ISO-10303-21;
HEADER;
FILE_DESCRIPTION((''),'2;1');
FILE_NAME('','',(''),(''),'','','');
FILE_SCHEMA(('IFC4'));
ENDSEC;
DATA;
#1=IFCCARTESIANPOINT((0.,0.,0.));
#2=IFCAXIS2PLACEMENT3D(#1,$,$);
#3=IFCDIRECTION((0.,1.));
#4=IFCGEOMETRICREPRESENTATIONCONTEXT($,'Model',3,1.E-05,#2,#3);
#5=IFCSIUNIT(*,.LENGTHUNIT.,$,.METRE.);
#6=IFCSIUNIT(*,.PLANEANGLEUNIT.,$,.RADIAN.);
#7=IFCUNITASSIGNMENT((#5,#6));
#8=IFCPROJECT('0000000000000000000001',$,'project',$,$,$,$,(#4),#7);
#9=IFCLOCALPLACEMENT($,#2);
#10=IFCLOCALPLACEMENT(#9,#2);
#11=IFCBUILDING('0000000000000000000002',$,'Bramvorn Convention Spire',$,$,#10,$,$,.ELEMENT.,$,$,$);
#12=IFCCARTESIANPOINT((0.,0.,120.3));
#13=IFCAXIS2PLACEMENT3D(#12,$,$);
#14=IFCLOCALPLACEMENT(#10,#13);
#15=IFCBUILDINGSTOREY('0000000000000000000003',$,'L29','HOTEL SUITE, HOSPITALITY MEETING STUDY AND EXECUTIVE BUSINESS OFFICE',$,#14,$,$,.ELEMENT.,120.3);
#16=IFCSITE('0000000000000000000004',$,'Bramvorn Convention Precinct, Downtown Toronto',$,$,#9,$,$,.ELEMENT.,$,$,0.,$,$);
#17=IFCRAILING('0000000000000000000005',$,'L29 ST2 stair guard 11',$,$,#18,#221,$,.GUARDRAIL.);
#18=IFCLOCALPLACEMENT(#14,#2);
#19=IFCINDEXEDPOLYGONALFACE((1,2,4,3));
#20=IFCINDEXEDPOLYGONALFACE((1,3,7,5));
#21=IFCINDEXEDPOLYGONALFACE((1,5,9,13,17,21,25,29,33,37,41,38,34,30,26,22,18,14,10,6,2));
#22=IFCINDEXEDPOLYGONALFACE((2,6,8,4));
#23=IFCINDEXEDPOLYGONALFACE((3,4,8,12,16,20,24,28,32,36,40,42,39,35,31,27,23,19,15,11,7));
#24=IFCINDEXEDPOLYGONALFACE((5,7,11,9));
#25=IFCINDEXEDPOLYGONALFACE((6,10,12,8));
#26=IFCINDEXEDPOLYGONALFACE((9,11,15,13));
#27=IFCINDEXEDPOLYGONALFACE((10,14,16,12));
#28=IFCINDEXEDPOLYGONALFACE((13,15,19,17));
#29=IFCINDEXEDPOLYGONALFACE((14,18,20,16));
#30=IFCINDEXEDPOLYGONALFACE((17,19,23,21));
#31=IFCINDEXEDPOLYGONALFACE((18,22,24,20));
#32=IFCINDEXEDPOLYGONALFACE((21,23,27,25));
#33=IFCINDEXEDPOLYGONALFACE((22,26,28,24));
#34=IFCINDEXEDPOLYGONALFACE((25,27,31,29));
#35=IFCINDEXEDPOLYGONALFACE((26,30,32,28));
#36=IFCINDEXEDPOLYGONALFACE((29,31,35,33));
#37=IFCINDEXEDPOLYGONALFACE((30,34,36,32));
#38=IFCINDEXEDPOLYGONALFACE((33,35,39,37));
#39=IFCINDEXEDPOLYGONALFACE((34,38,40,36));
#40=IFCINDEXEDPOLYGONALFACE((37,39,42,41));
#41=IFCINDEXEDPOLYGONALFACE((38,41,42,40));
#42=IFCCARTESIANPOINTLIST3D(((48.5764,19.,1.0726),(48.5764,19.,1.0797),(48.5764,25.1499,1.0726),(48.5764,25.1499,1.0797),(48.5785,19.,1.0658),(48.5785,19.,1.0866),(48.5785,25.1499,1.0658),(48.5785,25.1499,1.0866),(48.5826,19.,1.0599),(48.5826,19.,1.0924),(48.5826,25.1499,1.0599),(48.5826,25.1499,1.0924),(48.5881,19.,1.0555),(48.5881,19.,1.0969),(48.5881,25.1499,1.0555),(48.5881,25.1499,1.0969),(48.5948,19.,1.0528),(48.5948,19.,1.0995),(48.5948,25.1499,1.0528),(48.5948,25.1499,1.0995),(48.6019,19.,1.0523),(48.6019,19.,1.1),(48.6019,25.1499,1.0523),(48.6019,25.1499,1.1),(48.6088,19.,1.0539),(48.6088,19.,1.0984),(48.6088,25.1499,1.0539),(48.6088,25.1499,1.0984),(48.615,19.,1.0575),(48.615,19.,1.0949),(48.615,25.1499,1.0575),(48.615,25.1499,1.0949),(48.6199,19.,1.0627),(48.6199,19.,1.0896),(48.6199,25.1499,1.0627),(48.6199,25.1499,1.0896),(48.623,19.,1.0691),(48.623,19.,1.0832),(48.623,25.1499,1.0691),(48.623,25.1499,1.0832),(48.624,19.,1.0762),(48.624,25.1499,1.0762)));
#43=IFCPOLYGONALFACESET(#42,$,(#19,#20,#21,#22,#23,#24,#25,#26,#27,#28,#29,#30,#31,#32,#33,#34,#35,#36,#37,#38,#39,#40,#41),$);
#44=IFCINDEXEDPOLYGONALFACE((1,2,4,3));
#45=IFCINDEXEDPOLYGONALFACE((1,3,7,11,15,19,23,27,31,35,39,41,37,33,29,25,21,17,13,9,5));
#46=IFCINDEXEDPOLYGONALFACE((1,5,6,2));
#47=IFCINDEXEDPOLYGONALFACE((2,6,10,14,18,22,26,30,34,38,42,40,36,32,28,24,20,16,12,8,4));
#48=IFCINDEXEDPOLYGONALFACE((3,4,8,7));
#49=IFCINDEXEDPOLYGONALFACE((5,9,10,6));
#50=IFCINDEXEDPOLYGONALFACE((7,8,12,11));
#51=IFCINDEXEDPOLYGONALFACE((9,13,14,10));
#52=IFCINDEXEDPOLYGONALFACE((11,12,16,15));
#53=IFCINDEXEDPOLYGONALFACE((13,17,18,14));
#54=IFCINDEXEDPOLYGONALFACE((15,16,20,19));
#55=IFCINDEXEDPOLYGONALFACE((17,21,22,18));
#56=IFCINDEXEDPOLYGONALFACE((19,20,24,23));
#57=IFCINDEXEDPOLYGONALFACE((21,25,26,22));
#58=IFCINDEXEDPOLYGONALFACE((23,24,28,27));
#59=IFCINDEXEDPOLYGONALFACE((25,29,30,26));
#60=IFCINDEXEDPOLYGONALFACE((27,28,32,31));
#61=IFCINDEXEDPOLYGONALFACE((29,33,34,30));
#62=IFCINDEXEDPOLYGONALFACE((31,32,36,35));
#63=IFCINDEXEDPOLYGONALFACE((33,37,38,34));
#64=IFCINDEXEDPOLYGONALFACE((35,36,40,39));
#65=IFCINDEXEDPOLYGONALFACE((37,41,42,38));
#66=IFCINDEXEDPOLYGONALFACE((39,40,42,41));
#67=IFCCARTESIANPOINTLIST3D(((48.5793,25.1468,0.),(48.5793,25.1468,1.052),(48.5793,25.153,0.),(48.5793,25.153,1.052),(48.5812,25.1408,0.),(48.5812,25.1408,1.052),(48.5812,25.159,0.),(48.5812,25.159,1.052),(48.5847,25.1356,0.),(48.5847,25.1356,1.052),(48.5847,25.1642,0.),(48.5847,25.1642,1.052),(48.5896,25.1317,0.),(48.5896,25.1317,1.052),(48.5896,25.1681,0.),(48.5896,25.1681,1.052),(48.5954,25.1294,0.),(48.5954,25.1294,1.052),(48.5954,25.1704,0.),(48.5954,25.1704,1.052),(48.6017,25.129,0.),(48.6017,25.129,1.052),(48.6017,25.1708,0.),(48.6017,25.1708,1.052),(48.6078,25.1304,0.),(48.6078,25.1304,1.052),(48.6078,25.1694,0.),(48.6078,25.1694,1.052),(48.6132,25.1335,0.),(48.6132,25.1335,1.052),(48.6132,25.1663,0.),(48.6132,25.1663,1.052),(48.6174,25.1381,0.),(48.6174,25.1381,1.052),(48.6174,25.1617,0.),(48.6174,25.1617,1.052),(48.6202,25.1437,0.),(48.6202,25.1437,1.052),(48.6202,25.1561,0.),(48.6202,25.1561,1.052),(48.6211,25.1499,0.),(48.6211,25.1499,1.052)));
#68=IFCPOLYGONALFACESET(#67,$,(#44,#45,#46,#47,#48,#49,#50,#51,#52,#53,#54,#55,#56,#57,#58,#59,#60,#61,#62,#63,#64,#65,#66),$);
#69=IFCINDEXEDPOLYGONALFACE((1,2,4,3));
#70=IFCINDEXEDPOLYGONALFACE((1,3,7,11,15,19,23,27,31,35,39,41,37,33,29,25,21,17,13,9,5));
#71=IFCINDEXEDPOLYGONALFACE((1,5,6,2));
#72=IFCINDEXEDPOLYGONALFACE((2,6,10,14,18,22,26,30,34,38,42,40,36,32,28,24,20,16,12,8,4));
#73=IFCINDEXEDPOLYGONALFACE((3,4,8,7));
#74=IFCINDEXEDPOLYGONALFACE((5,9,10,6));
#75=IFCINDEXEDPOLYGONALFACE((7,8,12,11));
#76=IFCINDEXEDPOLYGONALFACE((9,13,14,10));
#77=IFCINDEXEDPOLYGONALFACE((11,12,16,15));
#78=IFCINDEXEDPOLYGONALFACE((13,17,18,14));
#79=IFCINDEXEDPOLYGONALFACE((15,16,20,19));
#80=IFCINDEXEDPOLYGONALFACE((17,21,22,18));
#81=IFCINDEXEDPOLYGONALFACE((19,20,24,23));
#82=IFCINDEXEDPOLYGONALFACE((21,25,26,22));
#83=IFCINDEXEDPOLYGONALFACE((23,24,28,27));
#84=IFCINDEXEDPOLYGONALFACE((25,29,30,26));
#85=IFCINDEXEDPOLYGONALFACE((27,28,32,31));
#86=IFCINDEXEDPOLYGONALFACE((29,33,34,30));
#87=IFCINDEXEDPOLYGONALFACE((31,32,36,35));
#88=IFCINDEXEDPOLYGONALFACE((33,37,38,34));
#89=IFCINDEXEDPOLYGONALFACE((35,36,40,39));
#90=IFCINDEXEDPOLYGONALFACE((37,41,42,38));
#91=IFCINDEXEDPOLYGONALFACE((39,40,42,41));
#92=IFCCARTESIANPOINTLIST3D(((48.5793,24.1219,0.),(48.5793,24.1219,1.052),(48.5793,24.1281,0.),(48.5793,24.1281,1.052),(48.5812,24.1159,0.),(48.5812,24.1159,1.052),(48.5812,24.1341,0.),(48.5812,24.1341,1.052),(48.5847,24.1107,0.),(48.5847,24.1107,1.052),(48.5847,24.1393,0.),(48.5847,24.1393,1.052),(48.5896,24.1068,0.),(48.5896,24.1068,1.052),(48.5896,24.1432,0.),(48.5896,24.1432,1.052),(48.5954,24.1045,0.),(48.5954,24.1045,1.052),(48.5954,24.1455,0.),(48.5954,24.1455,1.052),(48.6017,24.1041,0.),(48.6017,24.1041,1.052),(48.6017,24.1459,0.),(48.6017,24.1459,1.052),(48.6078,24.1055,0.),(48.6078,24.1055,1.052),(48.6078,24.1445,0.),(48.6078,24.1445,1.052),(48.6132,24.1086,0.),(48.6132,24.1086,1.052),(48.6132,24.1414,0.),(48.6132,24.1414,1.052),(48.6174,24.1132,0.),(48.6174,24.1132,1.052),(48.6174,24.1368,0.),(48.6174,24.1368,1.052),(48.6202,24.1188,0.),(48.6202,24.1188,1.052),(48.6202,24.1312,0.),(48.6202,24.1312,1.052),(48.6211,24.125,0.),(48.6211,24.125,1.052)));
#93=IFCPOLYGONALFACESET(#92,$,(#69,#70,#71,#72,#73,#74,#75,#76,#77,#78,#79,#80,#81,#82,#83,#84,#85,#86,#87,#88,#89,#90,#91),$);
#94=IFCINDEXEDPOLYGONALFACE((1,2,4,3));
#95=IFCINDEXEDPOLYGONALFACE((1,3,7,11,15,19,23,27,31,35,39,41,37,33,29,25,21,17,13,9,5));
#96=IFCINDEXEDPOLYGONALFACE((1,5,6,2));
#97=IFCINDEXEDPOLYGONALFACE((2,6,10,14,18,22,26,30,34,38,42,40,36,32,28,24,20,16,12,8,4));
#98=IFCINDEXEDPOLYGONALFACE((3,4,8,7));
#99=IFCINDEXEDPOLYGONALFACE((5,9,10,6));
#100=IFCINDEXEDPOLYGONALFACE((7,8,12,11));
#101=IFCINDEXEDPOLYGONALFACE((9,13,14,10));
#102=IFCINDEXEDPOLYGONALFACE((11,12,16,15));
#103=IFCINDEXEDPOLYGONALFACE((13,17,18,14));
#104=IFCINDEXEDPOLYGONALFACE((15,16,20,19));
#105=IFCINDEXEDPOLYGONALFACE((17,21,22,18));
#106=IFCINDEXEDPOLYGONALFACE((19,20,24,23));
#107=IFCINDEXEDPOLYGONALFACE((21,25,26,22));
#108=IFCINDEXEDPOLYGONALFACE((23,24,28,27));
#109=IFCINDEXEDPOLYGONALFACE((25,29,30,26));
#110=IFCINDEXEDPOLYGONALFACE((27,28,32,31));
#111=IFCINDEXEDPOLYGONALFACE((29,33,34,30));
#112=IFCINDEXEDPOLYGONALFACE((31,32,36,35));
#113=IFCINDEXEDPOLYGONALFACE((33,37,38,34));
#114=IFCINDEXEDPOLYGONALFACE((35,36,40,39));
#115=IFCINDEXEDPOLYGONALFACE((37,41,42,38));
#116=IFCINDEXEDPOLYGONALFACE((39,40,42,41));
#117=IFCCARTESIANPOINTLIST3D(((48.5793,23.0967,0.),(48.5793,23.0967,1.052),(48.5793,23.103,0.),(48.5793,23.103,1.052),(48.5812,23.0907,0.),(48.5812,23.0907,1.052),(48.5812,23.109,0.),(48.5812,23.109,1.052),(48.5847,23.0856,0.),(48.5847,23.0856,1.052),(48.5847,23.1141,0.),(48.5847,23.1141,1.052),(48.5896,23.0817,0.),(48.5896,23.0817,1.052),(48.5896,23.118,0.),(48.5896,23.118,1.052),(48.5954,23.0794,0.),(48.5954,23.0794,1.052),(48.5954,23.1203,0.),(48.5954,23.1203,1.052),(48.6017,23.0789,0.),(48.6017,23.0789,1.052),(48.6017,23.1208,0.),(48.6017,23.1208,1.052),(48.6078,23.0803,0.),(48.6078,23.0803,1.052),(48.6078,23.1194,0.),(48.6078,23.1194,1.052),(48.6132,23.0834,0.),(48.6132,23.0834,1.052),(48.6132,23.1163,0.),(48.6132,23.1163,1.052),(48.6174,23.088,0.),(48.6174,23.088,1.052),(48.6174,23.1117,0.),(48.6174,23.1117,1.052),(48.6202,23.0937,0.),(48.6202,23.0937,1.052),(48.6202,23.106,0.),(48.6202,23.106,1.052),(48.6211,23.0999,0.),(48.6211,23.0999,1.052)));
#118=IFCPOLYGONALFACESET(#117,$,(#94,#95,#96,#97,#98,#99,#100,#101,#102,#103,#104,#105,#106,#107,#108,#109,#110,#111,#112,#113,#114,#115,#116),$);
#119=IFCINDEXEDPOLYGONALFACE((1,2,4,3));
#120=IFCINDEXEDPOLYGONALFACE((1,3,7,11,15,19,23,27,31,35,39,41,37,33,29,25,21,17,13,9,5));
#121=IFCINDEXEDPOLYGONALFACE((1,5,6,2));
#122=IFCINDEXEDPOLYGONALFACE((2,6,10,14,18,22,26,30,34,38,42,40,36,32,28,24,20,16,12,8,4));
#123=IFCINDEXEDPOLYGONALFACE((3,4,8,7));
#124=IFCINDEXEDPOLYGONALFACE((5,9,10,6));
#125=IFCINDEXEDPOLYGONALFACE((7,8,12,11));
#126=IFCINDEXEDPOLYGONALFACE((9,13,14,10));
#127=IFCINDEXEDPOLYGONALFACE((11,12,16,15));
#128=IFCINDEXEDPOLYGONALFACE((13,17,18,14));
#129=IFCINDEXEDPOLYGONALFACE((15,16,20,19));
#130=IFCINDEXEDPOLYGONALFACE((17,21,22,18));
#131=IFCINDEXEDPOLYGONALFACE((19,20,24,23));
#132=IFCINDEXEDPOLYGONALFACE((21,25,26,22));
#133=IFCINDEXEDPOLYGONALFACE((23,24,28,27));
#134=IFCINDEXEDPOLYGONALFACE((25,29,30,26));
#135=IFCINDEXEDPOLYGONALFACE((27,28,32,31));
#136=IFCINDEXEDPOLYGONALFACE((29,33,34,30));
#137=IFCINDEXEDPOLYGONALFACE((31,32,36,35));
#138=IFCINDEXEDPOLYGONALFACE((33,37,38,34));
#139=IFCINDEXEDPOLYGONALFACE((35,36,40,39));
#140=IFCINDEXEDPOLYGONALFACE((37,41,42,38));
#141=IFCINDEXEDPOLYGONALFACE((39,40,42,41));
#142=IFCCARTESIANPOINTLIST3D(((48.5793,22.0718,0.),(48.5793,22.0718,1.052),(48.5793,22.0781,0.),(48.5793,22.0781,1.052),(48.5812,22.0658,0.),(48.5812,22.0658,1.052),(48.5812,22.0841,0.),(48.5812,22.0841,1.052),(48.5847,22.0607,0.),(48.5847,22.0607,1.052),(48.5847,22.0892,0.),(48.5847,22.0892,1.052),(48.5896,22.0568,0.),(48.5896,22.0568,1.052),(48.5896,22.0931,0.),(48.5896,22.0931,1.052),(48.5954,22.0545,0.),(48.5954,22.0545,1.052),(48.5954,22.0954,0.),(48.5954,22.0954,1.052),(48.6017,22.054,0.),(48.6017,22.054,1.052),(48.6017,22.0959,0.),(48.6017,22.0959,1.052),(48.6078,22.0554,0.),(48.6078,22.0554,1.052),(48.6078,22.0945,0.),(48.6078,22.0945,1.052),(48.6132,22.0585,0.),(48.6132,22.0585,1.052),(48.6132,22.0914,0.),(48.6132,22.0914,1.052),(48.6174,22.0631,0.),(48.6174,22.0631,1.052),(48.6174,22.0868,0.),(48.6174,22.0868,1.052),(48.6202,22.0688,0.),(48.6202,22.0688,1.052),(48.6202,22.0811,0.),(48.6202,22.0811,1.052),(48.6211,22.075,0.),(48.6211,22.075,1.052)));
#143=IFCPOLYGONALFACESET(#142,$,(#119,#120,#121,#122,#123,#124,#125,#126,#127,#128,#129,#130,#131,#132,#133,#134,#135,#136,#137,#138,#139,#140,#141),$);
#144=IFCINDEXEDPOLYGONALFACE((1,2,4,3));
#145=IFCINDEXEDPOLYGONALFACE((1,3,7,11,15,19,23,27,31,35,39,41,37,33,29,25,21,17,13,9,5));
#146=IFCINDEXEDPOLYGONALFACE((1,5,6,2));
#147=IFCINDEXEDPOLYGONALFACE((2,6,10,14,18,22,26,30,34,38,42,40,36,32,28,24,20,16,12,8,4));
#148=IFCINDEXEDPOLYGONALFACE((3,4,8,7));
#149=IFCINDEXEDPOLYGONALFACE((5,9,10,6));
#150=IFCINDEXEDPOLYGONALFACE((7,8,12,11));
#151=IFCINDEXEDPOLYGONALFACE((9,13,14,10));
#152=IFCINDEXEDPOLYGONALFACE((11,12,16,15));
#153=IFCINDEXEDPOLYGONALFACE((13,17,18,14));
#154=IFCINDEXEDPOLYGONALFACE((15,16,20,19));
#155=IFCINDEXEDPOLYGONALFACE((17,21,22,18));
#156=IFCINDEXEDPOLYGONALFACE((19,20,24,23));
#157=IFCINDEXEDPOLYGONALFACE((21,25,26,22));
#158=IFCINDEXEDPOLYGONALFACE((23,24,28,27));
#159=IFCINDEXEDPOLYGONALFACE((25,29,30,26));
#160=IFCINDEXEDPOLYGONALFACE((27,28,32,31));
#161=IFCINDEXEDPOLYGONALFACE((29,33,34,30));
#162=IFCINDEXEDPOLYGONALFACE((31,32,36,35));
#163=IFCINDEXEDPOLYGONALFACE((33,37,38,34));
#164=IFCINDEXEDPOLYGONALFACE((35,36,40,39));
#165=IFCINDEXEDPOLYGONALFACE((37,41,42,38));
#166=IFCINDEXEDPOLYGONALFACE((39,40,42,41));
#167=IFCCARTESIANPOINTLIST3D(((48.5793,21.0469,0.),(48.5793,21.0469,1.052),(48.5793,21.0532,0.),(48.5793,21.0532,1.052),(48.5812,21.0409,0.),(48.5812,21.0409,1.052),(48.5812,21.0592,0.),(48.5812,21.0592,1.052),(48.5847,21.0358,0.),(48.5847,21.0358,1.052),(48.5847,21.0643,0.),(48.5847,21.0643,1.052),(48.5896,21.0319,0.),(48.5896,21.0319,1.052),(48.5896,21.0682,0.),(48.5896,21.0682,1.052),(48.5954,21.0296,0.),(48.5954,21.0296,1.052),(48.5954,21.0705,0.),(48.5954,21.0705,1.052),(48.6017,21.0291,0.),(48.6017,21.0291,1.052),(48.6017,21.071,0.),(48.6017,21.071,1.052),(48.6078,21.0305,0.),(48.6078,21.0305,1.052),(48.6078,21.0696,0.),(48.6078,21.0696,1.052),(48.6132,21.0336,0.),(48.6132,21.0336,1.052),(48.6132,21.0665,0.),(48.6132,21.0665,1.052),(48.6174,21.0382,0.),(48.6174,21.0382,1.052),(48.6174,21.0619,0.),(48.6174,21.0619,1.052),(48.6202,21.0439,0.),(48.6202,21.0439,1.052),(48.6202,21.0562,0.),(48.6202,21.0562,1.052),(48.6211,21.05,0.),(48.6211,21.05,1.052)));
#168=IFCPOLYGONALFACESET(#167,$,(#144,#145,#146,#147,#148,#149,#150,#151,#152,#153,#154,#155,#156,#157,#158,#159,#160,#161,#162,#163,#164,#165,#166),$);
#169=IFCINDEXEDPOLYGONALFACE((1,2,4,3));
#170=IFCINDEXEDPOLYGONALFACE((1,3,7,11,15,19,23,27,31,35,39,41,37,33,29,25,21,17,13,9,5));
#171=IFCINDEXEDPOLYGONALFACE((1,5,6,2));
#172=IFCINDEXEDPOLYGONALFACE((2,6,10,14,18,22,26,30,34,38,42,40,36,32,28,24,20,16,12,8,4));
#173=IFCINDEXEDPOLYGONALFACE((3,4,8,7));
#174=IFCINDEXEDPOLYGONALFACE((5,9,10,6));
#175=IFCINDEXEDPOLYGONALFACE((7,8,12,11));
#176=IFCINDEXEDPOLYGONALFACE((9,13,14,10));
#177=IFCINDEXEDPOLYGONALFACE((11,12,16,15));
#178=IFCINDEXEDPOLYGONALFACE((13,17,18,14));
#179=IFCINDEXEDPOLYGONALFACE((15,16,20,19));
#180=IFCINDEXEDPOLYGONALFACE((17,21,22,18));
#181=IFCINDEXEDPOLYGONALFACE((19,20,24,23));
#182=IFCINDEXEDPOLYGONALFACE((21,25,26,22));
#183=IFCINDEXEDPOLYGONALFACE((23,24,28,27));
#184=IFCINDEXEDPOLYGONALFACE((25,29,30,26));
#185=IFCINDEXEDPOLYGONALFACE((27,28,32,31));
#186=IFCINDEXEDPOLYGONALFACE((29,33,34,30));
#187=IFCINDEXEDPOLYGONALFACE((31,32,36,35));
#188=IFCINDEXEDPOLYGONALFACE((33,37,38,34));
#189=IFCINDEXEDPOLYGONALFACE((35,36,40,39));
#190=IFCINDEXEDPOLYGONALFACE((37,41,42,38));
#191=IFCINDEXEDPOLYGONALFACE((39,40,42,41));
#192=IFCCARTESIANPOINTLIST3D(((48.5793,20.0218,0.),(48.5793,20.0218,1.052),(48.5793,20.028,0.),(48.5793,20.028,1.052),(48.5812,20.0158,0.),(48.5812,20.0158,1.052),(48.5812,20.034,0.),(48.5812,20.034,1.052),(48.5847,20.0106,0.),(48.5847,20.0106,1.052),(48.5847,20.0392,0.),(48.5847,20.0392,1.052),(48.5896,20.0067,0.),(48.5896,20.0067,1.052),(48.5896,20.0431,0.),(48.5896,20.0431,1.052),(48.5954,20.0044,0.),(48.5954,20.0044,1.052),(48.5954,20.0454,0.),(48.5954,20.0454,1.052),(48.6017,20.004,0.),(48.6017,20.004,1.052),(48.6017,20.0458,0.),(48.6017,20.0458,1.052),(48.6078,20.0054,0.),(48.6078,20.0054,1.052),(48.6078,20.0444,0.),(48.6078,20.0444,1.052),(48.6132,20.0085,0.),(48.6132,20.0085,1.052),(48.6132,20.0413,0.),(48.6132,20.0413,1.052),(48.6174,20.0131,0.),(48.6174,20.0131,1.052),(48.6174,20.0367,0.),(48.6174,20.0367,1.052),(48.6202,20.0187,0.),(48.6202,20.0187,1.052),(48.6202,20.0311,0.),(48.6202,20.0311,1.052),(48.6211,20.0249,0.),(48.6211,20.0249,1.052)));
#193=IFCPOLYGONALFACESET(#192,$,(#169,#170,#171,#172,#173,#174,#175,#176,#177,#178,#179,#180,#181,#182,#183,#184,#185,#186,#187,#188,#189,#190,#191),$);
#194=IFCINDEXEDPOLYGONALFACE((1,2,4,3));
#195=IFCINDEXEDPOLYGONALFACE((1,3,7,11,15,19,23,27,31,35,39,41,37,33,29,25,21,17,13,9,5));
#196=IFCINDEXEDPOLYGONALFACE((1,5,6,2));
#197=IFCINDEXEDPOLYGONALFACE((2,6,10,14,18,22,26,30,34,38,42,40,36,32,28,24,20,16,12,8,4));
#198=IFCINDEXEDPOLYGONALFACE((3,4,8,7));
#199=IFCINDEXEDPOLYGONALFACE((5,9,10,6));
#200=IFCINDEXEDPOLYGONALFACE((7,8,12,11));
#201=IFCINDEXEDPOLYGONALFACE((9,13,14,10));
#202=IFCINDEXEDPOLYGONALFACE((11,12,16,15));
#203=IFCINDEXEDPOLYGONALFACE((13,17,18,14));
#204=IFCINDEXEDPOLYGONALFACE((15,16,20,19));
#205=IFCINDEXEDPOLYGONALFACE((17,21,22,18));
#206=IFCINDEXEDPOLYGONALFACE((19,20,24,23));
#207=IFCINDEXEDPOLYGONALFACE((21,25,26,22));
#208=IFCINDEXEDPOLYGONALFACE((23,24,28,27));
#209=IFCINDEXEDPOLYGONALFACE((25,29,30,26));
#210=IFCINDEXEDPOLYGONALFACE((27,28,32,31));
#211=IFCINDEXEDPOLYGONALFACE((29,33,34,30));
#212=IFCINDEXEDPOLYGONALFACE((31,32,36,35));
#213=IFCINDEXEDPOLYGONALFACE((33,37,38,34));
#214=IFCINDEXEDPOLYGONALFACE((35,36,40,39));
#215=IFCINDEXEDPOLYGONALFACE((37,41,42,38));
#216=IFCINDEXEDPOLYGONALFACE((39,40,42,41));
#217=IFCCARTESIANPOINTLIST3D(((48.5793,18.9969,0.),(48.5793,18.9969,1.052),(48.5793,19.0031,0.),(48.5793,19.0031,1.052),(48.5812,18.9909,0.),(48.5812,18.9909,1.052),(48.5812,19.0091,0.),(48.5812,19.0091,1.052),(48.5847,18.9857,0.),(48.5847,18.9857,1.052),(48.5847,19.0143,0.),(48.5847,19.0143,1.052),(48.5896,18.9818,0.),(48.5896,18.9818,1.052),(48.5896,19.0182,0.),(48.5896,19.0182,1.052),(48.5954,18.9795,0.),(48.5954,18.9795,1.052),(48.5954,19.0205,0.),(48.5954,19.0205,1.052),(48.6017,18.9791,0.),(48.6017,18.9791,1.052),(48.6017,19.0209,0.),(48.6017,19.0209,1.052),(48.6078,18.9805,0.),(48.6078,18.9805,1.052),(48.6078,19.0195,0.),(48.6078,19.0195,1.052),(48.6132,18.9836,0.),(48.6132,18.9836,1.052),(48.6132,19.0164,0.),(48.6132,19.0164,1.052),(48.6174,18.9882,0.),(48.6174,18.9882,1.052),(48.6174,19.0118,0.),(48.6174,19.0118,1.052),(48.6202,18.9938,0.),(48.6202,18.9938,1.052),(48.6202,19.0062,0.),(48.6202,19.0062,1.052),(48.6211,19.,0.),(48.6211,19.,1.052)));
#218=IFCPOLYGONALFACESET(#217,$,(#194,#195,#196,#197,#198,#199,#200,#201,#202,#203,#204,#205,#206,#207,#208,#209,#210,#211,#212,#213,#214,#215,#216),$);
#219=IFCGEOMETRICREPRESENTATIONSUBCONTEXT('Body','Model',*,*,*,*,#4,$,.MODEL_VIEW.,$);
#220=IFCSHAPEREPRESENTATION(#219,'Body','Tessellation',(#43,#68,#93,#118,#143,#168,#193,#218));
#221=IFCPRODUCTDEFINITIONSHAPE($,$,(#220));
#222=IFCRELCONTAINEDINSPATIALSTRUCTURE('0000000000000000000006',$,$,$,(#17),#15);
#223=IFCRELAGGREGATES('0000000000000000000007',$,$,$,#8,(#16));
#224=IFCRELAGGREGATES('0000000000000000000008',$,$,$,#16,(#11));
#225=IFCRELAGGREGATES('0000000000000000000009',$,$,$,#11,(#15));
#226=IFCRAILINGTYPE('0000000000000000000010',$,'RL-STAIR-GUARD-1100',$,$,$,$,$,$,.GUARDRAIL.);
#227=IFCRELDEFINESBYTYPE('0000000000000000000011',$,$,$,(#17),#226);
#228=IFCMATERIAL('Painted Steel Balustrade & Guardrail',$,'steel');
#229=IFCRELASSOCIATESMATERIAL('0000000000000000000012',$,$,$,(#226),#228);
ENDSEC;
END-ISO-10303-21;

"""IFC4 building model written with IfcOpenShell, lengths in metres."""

from ifc_helpers import new_model, si_unit, direction, frame, origin, origin_2d, place, context, subcontext, project, spatial, circle, extrude, material, type_object, element, save


model = new_model("IFC4")

# Units and contexts
model_context = context("Model", 3, precision=1e-05, world=origin(), true_north=direction((0.0, 1.0)))
body_context = subcontext(model_context, "Body", "Model", "MODEL_VIEW")
ifc_project = project(units=[si_unit("LENGTHUNIT", "METRE"), si_unit("PLANEANGLEUNIT", "RADIAN")], contexts=[model_context])

# Site, building, storey
site_placement = place(None, origin())
site = spatial("IfcSite", under=ifc_project, at=site_placement, Name="Bramvorn Convention Precinct, Downtown Toronto", CompositionType="ELEMENT", RefElevation=0.0)
building_placement = place(site_placement, origin())
building = spatial("IfcBuilding", under=site, at=building_placement, Name="Bramvorn Convention Spire", CompositionType="ELEMENT")
storey_placement = place(building_placement, frame((0.0, 0.0, 120.3)))
storey = spatial("IfcBuildingStorey", under=building, at=storey_placement, Name="L29", Description="HOTEL SUITE, HOSPITALITY MEETING STUDY AND EXECUTIVE BUSINESS OFFICE", CompositionType="ELEMENT", Elevation=120.3)

# Railing
ifc_material_1 = material(Name="Painted Steel Balustrade & Guardrail", Category="steel")
railing_type_1 = type_object("IfcRailingType", Name="RL-STAIR-GUARD-1100", PredefinedType="GUARDRAIL", material=ifc_material_1)
railing_1_placement = place(storey_placement, frame((48.6001, 25.1499, 0.0)))
element("IfcRailing", 1, at=railing_1_placement, inside=storey, type_object=railing_type_1, Name="L29 ST2 stair guard 11", PredefinedType="GUARDRAIL", context=body_context, shape_type="SweptSolid", body=[
    extrude(circle(Radius=0.0239, at=origin_2d()), frame((0.0, 0.0, 1.0762), z_axis=(0.0, -1.0, 0.0), x_axis=(1.0, 0.0, 0.0)), (0.0, 0.0, 1.0), 6.1499),
    extrude(circle(Radius=0.021, at=origin_2d()), origin(), (0.0, 0.0, 1.0), 1.052),
    extrude(circle(Radius=0.021, at=origin_2d()), frame((0.0, -1.0249, 0.0)), (0.0, 0.0, 1.0), 1.052),
    extrude(circle(Radius=0.021, at=origin_2d()), frame((0.0, -2.05, 0.0)), (0.0, 0.0, 1.0), 1.052),
    extrude(circle(Radius=0.021, at=origin_2d()), frame((0.0, -3.075, 0.0)), (0.0, 0.0, 1.0), 1.052),
    extrude(circle(Radius=0.021, at=origin_2d()), frame((0.0, -4.0999, 0.0)), (0.0, 0.0, 1.0), 1.052),
    extrude(circle(Radius=0.021, at=origin_2d()), frame((0.0, -5.125, 0.0)), (0.0, 0.0, 1.0), 1.052),
    extrude(circle(Radius=0.021, at=origin_2d()), frame((0.0, -6.1499, 0.0)), (0.0, 0.0, 1.0), 1.052),
])

save(model, "model.ifc")
